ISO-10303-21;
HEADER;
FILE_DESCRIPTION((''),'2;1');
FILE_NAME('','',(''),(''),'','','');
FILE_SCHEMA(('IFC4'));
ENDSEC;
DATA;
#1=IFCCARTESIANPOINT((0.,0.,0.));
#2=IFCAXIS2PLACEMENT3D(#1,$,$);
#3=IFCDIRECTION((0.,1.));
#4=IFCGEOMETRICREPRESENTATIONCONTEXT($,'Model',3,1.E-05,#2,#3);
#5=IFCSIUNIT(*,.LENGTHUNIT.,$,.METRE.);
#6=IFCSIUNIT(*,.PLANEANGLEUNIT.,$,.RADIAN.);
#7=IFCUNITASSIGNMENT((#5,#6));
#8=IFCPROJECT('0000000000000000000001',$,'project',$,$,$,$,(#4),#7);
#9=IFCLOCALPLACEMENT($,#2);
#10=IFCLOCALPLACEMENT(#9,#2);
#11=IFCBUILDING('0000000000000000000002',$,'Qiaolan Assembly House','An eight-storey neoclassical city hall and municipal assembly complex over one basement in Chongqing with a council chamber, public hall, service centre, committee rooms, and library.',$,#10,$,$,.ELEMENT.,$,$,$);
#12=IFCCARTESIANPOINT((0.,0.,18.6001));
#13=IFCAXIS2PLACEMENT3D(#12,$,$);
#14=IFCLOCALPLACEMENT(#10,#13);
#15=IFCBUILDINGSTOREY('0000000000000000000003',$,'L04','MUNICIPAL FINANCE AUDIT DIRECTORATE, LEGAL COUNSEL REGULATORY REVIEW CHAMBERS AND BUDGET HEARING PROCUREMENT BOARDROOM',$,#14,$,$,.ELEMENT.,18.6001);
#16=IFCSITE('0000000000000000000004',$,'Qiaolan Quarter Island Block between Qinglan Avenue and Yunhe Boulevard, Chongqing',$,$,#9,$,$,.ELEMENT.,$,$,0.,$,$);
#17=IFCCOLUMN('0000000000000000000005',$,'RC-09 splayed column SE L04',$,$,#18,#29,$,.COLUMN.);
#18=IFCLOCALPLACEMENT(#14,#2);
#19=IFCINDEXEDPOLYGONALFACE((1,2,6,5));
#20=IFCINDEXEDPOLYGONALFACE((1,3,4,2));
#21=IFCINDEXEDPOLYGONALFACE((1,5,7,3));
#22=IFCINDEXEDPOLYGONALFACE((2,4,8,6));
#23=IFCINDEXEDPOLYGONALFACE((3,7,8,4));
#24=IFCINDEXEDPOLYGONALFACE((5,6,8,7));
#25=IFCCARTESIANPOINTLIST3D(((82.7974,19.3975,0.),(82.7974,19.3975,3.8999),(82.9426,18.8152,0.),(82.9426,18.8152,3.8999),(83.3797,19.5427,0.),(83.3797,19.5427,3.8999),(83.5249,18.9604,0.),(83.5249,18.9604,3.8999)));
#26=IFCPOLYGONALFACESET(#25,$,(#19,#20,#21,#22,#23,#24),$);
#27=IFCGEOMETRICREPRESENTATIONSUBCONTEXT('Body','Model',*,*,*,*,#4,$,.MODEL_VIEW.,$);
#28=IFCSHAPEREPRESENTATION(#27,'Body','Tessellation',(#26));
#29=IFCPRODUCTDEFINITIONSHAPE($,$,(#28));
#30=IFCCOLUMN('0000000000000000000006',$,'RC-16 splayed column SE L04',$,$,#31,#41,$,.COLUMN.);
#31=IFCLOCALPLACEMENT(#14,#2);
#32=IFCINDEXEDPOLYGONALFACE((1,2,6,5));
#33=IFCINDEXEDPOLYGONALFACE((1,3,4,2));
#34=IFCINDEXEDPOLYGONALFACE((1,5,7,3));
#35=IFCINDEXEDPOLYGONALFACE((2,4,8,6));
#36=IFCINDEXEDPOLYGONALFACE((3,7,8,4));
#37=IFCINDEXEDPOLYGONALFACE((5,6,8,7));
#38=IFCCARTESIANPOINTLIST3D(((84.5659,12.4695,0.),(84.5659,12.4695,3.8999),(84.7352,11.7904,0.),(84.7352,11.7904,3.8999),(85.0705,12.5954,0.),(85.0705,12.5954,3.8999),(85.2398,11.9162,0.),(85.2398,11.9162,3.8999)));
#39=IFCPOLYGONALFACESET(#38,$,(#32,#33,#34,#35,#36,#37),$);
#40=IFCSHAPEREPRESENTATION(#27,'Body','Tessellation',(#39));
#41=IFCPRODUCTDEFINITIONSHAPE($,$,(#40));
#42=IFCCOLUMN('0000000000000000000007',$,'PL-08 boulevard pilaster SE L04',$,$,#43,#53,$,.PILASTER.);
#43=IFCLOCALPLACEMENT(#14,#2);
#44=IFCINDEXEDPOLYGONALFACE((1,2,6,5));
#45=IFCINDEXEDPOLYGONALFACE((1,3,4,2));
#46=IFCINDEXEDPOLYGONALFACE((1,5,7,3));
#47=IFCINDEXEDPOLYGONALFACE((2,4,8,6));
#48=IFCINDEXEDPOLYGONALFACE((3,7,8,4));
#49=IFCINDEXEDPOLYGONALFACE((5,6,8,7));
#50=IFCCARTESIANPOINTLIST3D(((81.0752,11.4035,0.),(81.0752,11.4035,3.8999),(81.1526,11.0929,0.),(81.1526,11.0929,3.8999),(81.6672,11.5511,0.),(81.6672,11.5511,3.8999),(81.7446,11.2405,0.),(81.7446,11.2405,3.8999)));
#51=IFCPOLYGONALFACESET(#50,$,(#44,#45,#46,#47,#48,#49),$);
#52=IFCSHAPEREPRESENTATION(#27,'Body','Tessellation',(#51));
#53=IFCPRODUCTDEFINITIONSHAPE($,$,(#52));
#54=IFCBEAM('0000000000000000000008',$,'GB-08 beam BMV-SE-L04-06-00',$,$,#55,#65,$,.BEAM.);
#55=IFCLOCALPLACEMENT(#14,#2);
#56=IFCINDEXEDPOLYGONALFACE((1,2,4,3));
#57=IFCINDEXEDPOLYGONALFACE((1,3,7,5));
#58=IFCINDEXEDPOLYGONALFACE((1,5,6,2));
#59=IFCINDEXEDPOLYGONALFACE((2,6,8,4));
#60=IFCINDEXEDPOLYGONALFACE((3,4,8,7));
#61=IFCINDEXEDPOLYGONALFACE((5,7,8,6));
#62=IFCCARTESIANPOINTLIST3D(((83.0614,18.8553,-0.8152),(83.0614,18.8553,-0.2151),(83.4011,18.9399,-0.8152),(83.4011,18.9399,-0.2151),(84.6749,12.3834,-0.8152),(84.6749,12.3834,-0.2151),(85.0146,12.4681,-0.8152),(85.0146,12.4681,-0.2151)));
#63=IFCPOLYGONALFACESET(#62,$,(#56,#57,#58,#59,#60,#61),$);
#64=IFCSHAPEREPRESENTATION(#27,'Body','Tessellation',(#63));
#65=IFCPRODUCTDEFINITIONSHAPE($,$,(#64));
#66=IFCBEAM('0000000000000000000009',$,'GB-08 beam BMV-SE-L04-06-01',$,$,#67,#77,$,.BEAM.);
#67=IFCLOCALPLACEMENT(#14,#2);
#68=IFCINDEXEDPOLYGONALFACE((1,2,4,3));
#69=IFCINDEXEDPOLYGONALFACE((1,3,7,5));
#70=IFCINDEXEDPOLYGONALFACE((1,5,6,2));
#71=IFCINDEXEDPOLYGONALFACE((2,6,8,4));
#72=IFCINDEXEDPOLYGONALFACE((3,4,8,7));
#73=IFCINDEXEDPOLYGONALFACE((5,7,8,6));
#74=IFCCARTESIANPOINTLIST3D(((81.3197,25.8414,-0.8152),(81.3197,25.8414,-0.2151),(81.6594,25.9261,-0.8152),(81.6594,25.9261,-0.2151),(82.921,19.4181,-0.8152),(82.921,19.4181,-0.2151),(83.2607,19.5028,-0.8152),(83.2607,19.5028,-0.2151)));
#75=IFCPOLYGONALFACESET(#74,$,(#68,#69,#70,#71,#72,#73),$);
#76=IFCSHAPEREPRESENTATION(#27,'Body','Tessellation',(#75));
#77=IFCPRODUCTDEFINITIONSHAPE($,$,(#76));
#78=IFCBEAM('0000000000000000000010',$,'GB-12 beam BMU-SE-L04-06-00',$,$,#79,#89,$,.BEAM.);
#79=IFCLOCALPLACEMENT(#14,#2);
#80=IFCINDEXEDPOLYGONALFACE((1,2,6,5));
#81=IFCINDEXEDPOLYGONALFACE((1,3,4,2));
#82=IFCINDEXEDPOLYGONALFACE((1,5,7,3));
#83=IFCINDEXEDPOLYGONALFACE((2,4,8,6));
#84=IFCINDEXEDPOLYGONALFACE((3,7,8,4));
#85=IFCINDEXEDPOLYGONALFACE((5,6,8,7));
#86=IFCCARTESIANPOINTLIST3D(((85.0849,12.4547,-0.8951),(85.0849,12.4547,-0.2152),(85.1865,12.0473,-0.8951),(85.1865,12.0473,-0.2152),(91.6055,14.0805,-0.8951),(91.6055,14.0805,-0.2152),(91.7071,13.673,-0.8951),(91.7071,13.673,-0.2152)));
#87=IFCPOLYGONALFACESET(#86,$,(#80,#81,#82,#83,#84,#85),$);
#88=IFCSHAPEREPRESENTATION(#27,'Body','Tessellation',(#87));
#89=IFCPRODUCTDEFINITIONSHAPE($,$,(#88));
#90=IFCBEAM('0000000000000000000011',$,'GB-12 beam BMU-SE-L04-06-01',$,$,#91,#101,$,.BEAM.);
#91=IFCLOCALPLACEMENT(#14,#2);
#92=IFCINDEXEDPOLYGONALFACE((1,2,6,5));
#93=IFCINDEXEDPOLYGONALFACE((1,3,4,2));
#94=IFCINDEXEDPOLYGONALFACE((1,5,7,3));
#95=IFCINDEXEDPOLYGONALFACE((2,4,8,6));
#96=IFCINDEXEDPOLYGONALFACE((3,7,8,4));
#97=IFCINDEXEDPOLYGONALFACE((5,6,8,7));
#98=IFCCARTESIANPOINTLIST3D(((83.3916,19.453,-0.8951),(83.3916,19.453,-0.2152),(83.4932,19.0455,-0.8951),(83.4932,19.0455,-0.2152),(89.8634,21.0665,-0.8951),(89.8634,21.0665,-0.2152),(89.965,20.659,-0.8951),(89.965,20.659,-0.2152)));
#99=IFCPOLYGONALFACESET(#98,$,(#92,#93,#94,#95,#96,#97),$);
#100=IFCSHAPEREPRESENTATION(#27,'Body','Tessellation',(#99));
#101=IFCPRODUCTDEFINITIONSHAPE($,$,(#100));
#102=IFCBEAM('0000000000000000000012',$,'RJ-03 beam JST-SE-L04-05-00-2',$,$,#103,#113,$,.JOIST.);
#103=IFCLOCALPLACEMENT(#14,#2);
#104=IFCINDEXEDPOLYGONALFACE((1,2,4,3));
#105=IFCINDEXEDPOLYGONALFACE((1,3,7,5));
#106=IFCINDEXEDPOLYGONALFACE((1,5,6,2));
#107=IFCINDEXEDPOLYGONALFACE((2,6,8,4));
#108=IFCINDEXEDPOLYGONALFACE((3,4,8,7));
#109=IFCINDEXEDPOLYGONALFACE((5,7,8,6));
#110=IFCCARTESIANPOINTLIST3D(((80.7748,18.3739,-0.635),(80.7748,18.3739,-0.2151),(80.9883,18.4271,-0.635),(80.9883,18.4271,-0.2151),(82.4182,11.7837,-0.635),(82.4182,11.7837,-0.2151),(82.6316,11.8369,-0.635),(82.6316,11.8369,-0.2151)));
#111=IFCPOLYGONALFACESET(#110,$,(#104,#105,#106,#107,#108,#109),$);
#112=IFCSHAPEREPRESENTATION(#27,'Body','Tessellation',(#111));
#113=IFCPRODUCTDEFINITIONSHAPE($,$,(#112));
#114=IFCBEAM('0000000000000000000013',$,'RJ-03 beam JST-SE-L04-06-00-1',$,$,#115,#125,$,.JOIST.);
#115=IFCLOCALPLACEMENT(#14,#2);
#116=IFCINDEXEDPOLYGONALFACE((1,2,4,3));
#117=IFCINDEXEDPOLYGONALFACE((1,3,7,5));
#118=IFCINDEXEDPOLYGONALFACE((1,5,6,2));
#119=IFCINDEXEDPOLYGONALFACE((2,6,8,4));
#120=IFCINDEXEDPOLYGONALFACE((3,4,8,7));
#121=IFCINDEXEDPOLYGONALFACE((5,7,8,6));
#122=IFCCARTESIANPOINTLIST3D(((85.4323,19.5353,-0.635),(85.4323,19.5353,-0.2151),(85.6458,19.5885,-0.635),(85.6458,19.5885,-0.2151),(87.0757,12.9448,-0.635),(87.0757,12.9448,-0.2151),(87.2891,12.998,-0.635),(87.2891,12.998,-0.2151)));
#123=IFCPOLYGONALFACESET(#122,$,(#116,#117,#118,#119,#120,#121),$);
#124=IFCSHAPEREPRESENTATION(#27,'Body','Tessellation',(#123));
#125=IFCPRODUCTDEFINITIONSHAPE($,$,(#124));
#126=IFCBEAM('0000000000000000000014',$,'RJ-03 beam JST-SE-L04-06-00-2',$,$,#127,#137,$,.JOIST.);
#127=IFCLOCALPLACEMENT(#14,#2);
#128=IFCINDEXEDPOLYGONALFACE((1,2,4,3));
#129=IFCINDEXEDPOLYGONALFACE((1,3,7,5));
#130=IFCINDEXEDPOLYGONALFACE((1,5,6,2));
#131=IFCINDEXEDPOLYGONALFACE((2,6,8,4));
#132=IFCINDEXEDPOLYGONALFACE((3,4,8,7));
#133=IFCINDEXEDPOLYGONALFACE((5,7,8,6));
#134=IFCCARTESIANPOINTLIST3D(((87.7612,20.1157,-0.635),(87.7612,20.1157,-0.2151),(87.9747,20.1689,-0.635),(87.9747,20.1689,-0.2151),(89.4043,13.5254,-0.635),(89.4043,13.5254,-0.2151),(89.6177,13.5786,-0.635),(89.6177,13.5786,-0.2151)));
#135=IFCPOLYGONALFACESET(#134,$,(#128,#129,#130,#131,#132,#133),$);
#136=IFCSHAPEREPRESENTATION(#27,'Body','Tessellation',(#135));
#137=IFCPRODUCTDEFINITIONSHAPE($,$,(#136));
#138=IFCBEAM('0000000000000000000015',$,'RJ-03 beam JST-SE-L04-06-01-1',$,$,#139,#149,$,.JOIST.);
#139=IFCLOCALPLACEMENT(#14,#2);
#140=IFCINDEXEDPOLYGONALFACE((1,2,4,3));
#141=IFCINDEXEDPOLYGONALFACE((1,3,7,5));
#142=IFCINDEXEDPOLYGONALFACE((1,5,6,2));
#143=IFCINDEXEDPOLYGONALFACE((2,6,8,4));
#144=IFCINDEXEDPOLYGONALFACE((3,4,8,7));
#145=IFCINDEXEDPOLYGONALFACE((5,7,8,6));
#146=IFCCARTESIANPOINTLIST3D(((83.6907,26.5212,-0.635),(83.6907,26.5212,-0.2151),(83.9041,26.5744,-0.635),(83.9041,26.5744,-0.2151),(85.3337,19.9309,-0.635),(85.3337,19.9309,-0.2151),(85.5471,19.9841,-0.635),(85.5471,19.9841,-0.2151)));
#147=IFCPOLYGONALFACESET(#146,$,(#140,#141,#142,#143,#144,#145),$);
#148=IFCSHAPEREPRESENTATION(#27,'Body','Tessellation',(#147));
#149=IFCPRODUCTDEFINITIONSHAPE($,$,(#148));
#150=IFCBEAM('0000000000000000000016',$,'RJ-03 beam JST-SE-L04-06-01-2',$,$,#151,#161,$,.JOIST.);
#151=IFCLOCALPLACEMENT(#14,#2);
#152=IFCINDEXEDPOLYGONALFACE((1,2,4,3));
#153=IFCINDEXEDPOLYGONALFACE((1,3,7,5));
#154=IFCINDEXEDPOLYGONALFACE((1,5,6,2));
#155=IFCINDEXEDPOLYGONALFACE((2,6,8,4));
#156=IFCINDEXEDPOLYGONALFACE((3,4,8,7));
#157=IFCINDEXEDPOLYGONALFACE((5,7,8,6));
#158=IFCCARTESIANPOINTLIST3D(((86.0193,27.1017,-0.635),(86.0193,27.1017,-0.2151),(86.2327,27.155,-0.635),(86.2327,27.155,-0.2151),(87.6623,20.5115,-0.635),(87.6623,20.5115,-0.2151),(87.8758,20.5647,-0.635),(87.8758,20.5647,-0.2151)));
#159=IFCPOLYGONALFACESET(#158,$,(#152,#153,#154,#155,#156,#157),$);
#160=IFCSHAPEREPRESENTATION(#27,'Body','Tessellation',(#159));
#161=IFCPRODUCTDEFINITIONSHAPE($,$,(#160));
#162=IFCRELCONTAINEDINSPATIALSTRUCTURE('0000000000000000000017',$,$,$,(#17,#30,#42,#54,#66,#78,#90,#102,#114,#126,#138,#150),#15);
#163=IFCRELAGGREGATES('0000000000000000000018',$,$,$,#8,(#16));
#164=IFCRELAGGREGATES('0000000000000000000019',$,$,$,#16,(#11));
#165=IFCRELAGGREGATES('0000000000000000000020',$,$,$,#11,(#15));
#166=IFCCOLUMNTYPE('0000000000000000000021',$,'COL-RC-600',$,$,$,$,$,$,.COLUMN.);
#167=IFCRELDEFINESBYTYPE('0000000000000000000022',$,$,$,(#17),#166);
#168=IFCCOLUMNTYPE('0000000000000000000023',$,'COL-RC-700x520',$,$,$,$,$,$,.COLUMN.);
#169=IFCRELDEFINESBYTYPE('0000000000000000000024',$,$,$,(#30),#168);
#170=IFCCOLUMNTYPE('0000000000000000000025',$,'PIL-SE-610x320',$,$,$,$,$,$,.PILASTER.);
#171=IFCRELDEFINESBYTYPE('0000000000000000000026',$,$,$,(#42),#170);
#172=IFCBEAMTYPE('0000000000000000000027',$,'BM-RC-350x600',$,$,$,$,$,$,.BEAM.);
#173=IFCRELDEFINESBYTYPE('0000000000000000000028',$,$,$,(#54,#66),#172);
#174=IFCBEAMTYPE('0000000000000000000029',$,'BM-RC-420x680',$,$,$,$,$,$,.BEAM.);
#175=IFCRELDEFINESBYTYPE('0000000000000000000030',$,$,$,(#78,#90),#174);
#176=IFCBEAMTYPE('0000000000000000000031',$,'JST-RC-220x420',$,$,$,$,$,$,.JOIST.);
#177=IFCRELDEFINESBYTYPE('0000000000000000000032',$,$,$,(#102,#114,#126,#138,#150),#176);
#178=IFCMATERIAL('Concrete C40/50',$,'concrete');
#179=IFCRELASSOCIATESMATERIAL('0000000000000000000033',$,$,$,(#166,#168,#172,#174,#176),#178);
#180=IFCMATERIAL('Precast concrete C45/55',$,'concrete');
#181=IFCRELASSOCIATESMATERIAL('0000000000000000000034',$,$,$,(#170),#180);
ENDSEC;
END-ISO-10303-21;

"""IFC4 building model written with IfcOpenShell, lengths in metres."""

from ifc_helpers import new_model, si_unit, direction, frame, origin, origin_2d, place, context, subcontext, project, spatial, rectangle, extrude, material, material_profile, profile_set, type_object, element, save


model = new_model("IFC4")

# Units and contexts
model_context = context("Model", 3, precision=1e-05, world=origin(), true_north=direction((0.0, 1.0)))
body_context = subcontext(model_context, "Body", "Model", "MODEL_VIEW")
ifc_project = project(units=[si_unit("LENGTHUNIT", "METRE"), si_unit("PLANEANGLEUNIT", "RADIAN")], contexts=[model_context])

# Site, building, storey
site_placement = place(None, origin())
site = spatial("IfcSite", under=ifc_project, at=site_placement, Name="Qiaolan Quarter Island Block between Qinglan Avenue and Yunhe Boulevard, Chongqing", CompositionType="ELEMENT", RefElevation=0.0)
building_placement = place(site_placement, origin())
building = spatial("IfcBuilding", under=site, at=building_placement, Name="Qiaolan Assembly House", Description="An eight-storey neoclassical city hall and municipal assembly complex over one basement in Chongqing with a council chamber, public hall, service centre, committee rooms, and library.", CompositionType="ELEMENT")
storey_placement = place(building_placement, frame((0.0, 0.0, 18.6001)))
storey = spatial("IfcBuildingStorey", under=building, at=storey_placement, Name="L04", Description="MUNICIPAL FINANCE AUDIT DIRECTORATE, LEGAL COUNSEL REGULATORY REVIEW CHAMBERS AND BUDGET HEARING PROCUREMENT BOARDROOM", CompositionType="ELEMENT", Elevation=18.6001)

# Columns
ifc_material_1 = material(Name="Concrete C40/50", Category="concrete")
ifc_material_profile_1 = material_profile(ifc_material_1, rectangle(XDim=0.6001, YDim=0.6001, at=origin_2d()), Name="RC 600x600")
ifc_profile_set_1 = profile_set([ifc_material_profile_1], Name="Concrete C40/50")
column_type_1 = type_object("IfcColumnType", Name="COL-RC-600", PredefinedType="COLUMN", material=ifc_profile_set_1)
column_1_placement = place(storey_placement, frame((83.1611, 19.179, 0.0), z_axis=(0.0, 0.0, 1.0), x_axis=(0.970296, 0.241922, 0.0)))
element("IfcColumn", 1, at=column_1_placement, inside=storey, type_object=column_type_1, Name="RC-09 splayed column SE L04", PredefinedType="COLUMN", context=body_context, shape_type="SweptSolid", body=[
    extrude(rectangle(XDim=0.6001, YDim=0.6001, at=origin_2d()), origin(), (0.0, 0.0, 1.0), 3.8999),
])
ifc_material_profile_2 = material_profile(ifc_material_1, rectangle(XDim=0.52, YDim=0.7, at=origin_2d()), Name="RC 700x520")
ifc_profile_set_2 = profile_set([ifc_material_profile_2], Name="Concrete C40/50")
column_type_2 = type_object("IfcColumnType", Name="COL-RC-700x520", PredefinedType="COLUMN", material=ifc_profile_set_2)
column_2_placement = place(storey_placement, frame((84.9028, 12.1929, 0.0), z_axis=(0.0, 0.0, 1.0), x_axis=(0.970296, 0.241922, 0.0)))
element("IfcColumn", 2, at=column_2_placement, inside=storey, type_object=column_type_2, Name="RC-16 splayed column SE L04", PredefinedType="COLUMN", context=body_context, shape_type="SweptSolid", body=[
    extrude(rectangle(XDim=0.52, YDim=0.7, at=origin_2d()), origin(), (0.0, 0.0, 1.0), 3.8999),
])
ifc_material_2 = material(Name="Precast concrete C45/55", Category="concrete")
ifc_material_profile_3 = material_profile(ifc_material_2, rectangle(XDim=0.6101, YDim=0.3201, at=origin_2d()), Name="PIL 610x320")
ifc_profile_set_3 = profile_set([ifc_material_profile_3], Name="Precast concrete C45/55")
column_type_3 = type_object("IfcColumnType", Name="PIL-SE-610x320", PredefinedType="PILASTER", material=ifc_profile_set_3)
column_3_placement = place(storey_placement, frame((81.4099, 11.322, 0.0), z_axis=(0.0, 0.0, 1.0), x_axis=(0.970296, 0.241922, 0.0)))
element("IfcColumn", 3, at=column_3_placement, inside=storey, type_object=column_type_3, Name="PL-08 boulevard pilaster SE L04", PredefinedType="PILASTER", context=body_context, shape_type="SweptSolid", body=[
    extrude(rectangle(XDim=0.6101, YDim=0.3201, at=origin_2d()), origin(), (0.0, 0.0, 1.0), 3.8999),
])

# Beams
ifc_material_profile_4 = material_profile(ifc_material_1, rectangle(XDim=0.3501, YDim=0.6001, at=origin_2d()), Name="RCB 350x600")
ifc_profile_set_4 = profile_set([ifc_material_profile_4], Name="Concrete C40/50")
beam_type_1 = type_object("IfcBeamType", Name="BM-RC-350x600", PredefinedType="BEAM", material=ifc_profile_set_4)
beam_1_placement = place(storey_placement, frame((84.8447, 12.4258, -0.5151), z_axis=(-0.241907, 0.970299, 0.0), x_axis=(-0.970299, -0.241907, 0.0)))
element("IfcBeam", 4, at=beam_1_placement, inside=storey, type_object=beam_type_1, Name="GB-08 beam BMV-SE-L04-06-00", PredefinedType="BEAM", context=body_context, shape_type="SweptSolid", body=[
    extrude(rectangle(XDim=0.3501, YDim=0.6001, at=origin_2d()), origin(), (0.0, 0.0, 1.0), 6.6699),
])
beam_2_placement = place(storey_placement, frame((83.0908, 19.4604, -0.5151), z_axis=(-0.241893, 0.970303, 0.0), x_axis=(-0.970303, -0.241893, 0.0)))
element("IfcBeam", 5, at=beam_2_placement, inside=storey, type_object=beam_type_1, Name="GB-08 beam BMV-SE-L04-06-01", PredefinedType="BEAM", context=body_context, shape_type="SweptSolid", body=[
    extrude(rectangle(XDim=0.3501, YDim=0.6001, at=origin_2d()), origin(), (0.0, 0.0, 1.0), 6.6199),
])
ifc_material_profile_5 = material_profile(ifc_material_1, rectangle(XDim=0.4199, YDim=0.6799, at=origin_2d()), Name="RCB 420x680")
ifc_profile_set_5 = profile_set([ifc_material_profile_5], Name="Concrete C40/50")
beam_type_2 = type_object("IfcBeamType", Name="BM-RC-420x680", PredefinedType="BEAM", material=ifc_profile_set_5)
beam_3_placement = place(storey_placement, frame((85.1357, 12.251, -0.5552), z_axis=(0.970296, 0.24192, 0.0), x_axis=(-0.24192, 0.970296, 0.0)))
element("IfcBeam", 6, at=beam_3_placement, inside=storey, type_object=beam_type_2, Name="GB-12 beam BMU-SE-L04-06-00", PredefinedType="BEAM", context=body_context, shape_type="SweptSolid", body=[
    extrude(rectangle(XDim=0.4199, YDim=0.6799, at=origin_2d()), origin(), (0.0, 0.0, 1.0), 6.7202),
])
beam_4_placement = place(storey_placement, frame((83.4424, 19.2493, -0.5552), z_axis=(0.970299, 0.241907, 0.0), x_axis=(-0.241907, 0.970299, 0.0)))
element("IfcBeam", 7, at=beam_4_placement, inside=storey, type_object=beam_type_2, Name="GB-12 beam BMU-SE-L04-06-01", PredefinedType="BEAM", context=body_context, shape_type="SweptSolid", body=[
    extrude(rectangle(XDim=0.4199, YDim=0.6799, at=origin_2d()), origin(), (0.0, 0.0, 1.0), 6.6699),
])
ifc_material_profile_6 = material_profile(ifc_material_1, rectangle(XDim=0.22, YDim=0.4199, at=origin_2d()), Name="RCB 220x420")
ifc_profile_set_6 = profile_set([ifc_material_profile_6], Name="Concrete C40/50")
beam_type_3 = type_object("IfcBeamType", Name="JST-RC-220x420", PredefinedType="JOIST", material=ifc_profile_set_6)
beam_5_placement = place(storey_placement, frame((82.5249, 11.8103, -0.425), z_axis=(-0.241952, 0.970288, 0.0), x_axis=(-0.970288, -0.241952, 0.0)))
element("IfcBeam", 8, at=beam_5_placement, inside=storey, type_object=beam_type_3, Name="RJ-03 beam JST-SE-L04-05-00-2", PredefinedType="JOIST", context=body_context, shape_type="SweptSolid", body=[
    extrude(rectangle(XDim=0.22, YDim=0.4199, at=origin_2d()), origin(), (0.0, 0.0, 1.0), 6.792),
])
beam_6_placement = place(storey_placement, frame((87.1824, 12.9714, -0.425), z_axis=(-0.241944, 0.97029, 0.0), x_axis=(-0.97029, -0.241944, 0.0)))
element("IfcBeam", 9, at=beam_6_placement, inside=storey, type_object=beam_type_3, Name="RJ-03 beam JST-SE-L04-06-00-1", PredefinedType="JOIST", context=body_context, shape_type="SweptSolid", body=[
    extrude(rectangle(XDim=0.22, YDim=0.4199, at=origin_2d()), origin(), (0.0, 0.0, 1.0), 6.7922),
])
for number, where, z_axis, x_axis, name in (
    (10, (89.511, 13.552, -0.425), (-0.24191, 0.970299, 0.0), (-0.970299, -0.24191, 0.0), "RJ-03 beam JST-SE-L04-06-00-2"),
    (11, (85.4404, 19.9575, -0.425), (-0.24191, 0.970299, 0.0), (-0.970299, -0.24191, 0.0), "RJ-03 beam JST-SE-L04-06-01-1"),
    (12, (87.769, 20.5381, -0.425), (-0.24191, 0.970299, 0.0), (-0.970299, -0.24191, 0.0), "RJ-03 beam JST-SE-L04-06-01-2"),
):
    element("IfcBeam", number, at=place(storey_placement, frame(where, z_axis=z_axis, x_axis=x_axis)), inside=storey, type_object=beam_type_3, Name=name, PredefinedType="JOIST", context=body_context, shape_type="SweptSolid", body=[
        extrude(rectangle(XDim=0.22, YDim=0.4199, at=origin_2d()), origin(), (0.0, 0.0, 1.0), 6.792),
    ])

save(model, "model.ifc")
